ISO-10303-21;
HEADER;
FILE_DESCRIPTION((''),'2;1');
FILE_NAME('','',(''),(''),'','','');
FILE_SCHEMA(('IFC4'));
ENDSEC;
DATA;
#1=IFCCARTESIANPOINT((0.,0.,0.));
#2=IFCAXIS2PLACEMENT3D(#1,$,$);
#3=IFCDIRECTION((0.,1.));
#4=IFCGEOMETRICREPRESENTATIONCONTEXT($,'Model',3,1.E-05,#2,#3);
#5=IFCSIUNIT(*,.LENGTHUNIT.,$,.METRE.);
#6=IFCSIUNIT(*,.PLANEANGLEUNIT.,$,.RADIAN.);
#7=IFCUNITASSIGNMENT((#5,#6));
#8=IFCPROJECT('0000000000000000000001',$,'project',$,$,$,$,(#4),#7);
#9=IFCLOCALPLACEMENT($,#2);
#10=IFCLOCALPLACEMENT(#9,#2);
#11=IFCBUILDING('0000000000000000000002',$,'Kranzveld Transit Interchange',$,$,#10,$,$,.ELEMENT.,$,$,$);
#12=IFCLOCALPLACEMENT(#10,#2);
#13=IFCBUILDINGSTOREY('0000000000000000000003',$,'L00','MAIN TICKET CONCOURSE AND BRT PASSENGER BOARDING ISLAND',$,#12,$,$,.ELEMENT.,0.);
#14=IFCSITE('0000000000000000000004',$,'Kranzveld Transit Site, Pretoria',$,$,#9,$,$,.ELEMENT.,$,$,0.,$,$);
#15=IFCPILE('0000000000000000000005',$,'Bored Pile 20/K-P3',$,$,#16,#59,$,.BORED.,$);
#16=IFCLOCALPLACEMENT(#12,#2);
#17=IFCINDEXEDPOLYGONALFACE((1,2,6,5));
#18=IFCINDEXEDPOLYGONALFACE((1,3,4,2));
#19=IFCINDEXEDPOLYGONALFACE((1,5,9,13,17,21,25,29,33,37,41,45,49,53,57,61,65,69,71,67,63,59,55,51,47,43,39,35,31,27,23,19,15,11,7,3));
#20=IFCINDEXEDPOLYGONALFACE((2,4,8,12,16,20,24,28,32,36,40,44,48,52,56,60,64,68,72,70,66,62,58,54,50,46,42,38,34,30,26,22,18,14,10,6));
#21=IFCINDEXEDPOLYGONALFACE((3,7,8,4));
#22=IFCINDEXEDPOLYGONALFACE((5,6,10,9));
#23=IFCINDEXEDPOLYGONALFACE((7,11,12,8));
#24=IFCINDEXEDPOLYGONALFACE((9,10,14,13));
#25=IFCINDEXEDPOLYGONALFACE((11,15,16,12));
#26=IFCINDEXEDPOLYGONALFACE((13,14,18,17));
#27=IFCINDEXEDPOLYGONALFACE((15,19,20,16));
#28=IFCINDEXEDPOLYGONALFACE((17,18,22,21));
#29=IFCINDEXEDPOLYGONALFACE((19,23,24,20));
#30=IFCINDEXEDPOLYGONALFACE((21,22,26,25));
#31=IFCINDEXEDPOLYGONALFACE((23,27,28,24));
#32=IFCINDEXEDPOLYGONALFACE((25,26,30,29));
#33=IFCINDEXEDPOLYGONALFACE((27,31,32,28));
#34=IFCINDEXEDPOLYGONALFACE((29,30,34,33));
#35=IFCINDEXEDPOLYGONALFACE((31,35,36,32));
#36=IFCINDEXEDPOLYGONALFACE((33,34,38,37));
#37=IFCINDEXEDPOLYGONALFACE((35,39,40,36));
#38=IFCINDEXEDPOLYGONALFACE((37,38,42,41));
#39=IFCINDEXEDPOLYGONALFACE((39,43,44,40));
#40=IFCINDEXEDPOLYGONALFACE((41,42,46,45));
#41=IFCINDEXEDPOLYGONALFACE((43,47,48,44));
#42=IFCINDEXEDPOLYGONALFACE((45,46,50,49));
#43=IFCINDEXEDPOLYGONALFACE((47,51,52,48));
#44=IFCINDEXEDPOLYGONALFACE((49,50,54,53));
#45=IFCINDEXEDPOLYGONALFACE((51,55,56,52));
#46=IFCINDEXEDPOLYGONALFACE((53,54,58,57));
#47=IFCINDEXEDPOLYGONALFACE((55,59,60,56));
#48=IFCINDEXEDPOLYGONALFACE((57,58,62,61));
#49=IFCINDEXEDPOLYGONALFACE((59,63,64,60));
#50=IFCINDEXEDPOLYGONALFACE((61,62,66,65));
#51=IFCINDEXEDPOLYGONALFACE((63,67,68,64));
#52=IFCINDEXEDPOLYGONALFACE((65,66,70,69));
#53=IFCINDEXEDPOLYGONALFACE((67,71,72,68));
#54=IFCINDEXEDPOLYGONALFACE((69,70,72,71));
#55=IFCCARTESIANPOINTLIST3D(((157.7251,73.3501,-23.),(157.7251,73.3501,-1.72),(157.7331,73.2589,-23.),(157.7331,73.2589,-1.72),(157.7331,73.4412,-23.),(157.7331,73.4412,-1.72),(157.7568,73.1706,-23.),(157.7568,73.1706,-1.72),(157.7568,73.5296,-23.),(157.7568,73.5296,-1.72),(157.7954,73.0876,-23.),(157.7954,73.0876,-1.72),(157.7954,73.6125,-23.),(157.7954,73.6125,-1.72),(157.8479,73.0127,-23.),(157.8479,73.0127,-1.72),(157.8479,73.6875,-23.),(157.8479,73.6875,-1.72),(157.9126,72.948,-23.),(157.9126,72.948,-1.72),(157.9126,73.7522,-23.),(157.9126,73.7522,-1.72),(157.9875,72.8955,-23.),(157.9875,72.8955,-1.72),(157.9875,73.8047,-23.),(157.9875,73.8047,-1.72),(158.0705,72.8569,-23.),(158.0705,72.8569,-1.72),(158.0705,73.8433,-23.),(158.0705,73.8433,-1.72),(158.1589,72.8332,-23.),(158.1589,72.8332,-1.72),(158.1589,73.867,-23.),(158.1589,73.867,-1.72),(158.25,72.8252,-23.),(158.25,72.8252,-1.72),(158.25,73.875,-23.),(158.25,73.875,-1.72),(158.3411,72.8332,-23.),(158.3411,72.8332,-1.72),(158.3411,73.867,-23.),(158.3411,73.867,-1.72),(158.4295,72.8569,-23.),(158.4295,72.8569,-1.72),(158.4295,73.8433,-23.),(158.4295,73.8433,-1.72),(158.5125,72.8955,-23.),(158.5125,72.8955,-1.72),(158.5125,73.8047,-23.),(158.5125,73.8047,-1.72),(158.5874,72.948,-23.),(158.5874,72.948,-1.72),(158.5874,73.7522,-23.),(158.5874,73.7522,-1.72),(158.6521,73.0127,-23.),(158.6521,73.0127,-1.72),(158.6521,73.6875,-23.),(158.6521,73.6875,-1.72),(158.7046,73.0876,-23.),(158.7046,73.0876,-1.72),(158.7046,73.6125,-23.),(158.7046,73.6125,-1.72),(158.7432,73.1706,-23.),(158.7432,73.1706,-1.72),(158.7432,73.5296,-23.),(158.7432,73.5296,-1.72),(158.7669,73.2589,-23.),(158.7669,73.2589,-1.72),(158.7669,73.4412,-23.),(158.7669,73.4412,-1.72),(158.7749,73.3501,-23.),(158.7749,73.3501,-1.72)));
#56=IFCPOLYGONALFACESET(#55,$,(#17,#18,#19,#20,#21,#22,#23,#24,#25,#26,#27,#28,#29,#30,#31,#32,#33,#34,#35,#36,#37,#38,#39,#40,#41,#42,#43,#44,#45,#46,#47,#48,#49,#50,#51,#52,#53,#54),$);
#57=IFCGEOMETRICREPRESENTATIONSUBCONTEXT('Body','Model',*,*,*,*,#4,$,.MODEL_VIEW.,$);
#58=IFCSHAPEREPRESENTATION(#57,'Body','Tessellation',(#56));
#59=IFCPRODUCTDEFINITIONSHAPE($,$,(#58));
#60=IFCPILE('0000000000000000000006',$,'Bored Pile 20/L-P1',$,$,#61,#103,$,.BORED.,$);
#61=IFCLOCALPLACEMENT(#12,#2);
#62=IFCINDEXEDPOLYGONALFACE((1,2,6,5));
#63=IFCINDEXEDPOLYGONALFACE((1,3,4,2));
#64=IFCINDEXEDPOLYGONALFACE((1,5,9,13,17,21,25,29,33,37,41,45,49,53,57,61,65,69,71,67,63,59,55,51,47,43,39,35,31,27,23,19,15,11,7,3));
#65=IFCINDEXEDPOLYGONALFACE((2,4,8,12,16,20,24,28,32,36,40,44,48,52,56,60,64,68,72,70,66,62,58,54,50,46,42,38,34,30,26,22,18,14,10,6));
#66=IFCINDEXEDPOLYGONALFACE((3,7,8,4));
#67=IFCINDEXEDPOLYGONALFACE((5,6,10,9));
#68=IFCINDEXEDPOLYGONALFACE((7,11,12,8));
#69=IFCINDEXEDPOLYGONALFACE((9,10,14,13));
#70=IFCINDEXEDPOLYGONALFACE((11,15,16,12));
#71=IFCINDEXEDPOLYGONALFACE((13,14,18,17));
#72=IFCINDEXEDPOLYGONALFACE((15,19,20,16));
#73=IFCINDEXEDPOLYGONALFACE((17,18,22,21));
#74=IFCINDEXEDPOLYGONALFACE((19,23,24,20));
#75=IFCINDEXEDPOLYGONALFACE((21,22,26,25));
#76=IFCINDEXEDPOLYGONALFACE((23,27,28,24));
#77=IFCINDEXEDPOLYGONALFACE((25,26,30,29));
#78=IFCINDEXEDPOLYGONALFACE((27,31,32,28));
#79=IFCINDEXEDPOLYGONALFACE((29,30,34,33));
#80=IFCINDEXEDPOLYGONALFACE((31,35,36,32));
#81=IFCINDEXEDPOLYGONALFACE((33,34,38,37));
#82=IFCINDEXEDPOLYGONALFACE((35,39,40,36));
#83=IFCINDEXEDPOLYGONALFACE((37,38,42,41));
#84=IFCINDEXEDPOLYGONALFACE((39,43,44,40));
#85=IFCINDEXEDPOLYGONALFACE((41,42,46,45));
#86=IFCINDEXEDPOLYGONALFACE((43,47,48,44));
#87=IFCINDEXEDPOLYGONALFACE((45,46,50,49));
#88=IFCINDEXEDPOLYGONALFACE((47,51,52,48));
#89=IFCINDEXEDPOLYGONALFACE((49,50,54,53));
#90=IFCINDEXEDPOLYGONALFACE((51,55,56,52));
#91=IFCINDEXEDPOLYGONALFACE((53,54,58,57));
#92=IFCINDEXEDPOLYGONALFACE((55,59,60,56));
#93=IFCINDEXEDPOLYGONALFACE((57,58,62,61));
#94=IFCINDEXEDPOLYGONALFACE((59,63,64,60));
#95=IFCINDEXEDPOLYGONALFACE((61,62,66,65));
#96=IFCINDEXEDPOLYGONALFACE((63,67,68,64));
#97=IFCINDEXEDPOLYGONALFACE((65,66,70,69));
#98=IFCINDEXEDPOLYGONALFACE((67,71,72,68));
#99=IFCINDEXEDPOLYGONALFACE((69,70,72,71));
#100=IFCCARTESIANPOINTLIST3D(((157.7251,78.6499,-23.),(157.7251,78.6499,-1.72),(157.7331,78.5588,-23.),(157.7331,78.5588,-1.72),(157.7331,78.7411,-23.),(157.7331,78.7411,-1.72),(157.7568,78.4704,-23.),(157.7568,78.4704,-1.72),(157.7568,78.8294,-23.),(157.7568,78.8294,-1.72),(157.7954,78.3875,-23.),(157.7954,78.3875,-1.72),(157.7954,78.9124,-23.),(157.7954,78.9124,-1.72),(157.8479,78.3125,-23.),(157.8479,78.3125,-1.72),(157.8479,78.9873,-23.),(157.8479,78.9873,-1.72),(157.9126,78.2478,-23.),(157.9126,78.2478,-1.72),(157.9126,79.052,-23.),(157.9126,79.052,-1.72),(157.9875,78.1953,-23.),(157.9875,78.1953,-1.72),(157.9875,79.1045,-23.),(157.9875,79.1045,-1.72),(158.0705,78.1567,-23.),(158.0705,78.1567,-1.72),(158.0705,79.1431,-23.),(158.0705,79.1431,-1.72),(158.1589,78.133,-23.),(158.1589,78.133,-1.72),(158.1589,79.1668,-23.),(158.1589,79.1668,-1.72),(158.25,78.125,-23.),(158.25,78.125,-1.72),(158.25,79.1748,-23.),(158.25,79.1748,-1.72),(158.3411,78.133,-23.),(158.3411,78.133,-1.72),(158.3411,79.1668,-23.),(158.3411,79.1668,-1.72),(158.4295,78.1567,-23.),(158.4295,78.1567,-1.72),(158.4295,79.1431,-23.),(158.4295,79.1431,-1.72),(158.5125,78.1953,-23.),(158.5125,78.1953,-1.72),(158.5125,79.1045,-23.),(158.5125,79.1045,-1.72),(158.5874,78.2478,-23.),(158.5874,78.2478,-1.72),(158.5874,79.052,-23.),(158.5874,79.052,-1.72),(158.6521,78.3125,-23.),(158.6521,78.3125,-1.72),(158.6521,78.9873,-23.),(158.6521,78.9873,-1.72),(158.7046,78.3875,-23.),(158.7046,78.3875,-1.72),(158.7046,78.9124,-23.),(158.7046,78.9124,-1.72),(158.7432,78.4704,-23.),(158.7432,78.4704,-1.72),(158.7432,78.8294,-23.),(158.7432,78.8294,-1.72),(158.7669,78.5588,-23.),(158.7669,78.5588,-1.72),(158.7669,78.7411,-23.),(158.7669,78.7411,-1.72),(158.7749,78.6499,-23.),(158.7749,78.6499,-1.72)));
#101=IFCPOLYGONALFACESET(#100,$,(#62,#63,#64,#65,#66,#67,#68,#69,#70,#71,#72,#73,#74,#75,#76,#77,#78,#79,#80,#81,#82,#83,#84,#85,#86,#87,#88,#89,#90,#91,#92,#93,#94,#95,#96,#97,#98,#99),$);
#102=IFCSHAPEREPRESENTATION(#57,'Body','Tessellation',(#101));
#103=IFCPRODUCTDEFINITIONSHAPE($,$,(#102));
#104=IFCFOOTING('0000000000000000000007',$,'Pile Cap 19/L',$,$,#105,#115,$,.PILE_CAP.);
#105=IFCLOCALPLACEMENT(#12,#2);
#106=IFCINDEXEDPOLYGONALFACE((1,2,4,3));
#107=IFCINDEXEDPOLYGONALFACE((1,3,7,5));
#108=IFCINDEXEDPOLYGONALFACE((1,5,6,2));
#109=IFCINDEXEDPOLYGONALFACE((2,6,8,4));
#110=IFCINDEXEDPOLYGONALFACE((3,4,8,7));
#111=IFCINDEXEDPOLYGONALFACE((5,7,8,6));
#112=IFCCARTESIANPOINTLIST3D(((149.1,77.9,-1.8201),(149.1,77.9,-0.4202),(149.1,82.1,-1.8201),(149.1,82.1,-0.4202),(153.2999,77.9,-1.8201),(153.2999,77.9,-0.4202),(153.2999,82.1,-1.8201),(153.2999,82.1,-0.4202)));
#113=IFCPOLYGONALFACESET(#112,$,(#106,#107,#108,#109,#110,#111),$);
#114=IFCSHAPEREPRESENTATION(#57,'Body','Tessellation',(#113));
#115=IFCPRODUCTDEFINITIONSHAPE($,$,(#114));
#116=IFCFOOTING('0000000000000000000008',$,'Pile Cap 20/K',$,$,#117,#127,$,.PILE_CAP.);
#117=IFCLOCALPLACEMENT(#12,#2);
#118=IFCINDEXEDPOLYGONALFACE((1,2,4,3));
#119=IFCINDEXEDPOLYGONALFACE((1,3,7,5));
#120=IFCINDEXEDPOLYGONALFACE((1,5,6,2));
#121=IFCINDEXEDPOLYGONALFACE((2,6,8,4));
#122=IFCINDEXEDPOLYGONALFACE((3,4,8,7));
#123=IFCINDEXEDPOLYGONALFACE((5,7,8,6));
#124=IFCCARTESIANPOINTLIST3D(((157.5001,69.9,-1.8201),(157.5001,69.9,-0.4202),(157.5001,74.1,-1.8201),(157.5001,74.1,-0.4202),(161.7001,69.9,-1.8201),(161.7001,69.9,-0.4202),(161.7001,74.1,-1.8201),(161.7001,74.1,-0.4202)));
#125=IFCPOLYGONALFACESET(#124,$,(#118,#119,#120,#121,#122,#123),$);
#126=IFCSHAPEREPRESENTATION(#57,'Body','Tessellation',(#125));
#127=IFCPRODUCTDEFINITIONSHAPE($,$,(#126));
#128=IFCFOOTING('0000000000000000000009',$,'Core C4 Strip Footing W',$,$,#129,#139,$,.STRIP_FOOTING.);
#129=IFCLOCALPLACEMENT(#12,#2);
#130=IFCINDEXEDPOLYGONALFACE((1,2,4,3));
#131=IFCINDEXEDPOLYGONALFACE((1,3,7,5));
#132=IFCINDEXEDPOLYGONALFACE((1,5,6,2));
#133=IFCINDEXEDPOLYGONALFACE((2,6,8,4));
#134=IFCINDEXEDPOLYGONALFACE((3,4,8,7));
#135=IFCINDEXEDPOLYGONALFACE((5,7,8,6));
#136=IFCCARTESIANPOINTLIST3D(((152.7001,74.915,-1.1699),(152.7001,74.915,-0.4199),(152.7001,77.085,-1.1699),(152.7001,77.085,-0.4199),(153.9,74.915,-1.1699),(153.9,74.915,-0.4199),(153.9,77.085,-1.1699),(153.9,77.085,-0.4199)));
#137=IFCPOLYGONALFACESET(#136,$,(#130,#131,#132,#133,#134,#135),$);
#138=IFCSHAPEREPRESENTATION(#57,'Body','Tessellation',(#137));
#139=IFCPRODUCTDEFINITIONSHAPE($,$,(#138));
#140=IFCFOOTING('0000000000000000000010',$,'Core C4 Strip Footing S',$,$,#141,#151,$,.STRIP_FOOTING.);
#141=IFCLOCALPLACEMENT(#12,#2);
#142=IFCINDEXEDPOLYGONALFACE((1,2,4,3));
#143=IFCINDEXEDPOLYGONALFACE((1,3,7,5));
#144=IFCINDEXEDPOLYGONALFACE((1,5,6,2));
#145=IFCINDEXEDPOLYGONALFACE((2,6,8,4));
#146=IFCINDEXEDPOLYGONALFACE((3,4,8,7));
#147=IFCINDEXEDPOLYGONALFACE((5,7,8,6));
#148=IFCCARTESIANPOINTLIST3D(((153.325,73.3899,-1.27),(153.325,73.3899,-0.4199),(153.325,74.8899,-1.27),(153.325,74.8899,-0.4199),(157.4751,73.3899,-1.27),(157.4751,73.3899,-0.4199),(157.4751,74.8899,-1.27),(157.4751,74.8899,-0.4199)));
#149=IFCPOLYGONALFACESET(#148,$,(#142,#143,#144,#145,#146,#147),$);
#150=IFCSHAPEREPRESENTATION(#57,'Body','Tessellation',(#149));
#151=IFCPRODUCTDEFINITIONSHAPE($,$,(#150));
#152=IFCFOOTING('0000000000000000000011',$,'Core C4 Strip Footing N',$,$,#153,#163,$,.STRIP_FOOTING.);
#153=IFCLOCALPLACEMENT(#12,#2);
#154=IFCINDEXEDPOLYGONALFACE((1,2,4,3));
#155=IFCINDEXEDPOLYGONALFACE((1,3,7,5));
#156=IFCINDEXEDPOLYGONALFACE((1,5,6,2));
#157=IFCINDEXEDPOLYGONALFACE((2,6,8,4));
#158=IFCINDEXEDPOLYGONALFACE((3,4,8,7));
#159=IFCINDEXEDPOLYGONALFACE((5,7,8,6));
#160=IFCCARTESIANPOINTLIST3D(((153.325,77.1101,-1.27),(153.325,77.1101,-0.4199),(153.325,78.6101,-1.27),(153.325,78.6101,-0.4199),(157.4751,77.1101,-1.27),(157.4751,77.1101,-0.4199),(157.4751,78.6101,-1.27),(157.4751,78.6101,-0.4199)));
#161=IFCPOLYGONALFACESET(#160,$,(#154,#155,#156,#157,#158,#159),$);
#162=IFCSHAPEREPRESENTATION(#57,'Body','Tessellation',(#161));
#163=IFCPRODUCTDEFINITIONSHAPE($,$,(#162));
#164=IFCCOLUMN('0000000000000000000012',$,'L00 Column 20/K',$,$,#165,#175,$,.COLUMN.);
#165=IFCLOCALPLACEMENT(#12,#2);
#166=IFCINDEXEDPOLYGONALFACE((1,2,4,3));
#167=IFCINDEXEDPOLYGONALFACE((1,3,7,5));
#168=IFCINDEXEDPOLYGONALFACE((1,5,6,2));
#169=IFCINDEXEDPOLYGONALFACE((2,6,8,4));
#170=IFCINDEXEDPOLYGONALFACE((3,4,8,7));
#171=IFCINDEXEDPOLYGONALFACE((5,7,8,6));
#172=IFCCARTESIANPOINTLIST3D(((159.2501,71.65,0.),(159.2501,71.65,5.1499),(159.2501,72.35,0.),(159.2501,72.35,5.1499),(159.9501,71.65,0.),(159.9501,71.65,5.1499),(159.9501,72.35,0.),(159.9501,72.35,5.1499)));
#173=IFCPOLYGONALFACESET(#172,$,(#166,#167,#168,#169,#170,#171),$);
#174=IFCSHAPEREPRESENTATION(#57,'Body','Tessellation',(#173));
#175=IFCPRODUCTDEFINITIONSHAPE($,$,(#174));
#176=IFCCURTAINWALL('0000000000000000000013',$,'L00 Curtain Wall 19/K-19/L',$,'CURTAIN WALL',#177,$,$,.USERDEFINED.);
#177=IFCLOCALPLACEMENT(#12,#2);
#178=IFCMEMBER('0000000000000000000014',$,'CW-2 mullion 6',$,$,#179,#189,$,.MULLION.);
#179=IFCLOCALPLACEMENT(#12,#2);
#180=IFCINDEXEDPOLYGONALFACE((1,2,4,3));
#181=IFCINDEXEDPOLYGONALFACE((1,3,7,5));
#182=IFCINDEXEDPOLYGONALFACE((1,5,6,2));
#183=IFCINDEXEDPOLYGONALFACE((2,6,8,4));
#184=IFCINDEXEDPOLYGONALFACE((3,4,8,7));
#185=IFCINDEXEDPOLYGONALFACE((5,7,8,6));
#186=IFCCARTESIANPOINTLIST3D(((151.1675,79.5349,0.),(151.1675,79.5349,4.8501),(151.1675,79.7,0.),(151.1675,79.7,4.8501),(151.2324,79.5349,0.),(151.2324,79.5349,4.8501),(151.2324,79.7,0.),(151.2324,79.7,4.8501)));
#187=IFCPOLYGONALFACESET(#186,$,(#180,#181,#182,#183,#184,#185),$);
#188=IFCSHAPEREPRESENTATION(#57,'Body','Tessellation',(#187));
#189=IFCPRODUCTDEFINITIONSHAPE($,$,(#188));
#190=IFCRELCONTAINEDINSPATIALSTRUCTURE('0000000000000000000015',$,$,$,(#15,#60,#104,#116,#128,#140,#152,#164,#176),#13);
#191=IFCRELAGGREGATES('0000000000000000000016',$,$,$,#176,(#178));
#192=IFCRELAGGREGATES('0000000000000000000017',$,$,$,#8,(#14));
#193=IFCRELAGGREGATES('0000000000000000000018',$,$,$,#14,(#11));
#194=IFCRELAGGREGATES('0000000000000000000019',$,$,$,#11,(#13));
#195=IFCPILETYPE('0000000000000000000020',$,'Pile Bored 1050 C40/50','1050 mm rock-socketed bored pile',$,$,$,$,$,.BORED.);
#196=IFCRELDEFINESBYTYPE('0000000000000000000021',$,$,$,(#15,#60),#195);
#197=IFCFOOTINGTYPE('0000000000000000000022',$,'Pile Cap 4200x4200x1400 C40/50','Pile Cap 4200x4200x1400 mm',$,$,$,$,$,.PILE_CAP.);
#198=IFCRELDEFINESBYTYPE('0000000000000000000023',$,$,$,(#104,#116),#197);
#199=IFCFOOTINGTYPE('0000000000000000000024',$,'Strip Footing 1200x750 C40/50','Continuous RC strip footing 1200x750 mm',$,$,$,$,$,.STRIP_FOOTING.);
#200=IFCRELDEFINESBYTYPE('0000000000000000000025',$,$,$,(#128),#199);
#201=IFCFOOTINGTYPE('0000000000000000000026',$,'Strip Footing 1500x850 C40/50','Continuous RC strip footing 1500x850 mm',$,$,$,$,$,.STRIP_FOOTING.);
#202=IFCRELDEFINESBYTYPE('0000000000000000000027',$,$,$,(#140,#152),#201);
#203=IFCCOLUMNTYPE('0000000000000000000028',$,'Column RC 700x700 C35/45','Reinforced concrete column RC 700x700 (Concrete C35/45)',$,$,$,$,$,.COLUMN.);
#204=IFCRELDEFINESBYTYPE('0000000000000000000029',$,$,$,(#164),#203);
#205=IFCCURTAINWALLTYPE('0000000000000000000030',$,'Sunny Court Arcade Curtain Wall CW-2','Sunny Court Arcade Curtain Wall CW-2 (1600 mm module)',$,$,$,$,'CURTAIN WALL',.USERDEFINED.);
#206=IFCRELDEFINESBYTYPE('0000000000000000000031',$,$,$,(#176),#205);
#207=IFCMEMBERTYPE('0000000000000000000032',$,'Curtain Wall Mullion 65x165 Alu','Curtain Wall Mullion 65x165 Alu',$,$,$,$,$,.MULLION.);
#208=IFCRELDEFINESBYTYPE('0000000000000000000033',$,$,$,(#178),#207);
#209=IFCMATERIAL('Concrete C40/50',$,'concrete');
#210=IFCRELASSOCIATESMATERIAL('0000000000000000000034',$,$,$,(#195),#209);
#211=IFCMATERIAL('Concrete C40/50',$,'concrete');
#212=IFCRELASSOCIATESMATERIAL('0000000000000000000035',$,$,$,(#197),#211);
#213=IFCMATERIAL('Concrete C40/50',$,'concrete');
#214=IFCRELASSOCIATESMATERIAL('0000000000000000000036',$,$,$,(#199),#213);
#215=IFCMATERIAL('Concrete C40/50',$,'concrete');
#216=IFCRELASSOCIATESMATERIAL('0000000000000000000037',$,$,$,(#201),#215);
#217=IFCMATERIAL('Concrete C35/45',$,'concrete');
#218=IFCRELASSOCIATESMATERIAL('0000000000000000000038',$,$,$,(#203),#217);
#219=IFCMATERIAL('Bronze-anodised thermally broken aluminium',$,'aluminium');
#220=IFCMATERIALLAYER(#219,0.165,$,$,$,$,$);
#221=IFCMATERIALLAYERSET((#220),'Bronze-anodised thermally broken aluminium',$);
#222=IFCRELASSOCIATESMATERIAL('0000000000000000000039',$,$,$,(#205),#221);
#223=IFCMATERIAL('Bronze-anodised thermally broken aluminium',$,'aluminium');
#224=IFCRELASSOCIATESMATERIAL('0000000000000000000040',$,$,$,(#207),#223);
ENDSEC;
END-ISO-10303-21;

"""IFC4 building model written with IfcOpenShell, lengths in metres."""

from ifc_helpers import new_model, si_unit, direction, frame, origin, origin_2d, place, context, subcontext, project, spatial, rectangle, circle, extrude, material, layer, layer_set, material_profile, profile_set, type_object, element, aggregate, save


model = new_model("IFC4")

# Units and contexts
model_context = context("Model", 3, precision=1e-05, world=origin(), true_north=direction((0.0, 1.0)))
body_context = subcontext(model_context, "Body", "Model", "MODEL_VIEW")
ifc_project = project(units=[si_unit("LENGTHUNIT", "METRE"), si_unit("PLANEANGLEUNIT", "RADIAN")], contexts=[model_context])

# Site, building, storey
site_placement = place(None, origin())
site = spatial("IfcSite", under=ifc_project, at=site_placement, Name="Kranzveld Transit Site, Pretoria", CompositionType="ELEMENT", RefElevation=0.0)
building_placement = place(site_placement, origin())
building = spatial("IfcBuilding", under=site, at=building_placement, Name="Kranzveld Transit Interchange", CompositionType="ELEMENT")
storey_placement = place(building_placement, origin())
storey = spatial("IfcBuildingStorey", under=building, at=storey_placement, Name="L00", Description="MAIN TICKET CONCOURSE AND BRT PASSENGER BOARDING ISLAND", CompositionType="ELEMENT", Elevation=0.0)

# Piles
ifc_material_1 = material(Name="Concrete C40/50", Category="concrete")
ifc_material_profile_1 = material_profile(ifc_material_1, circle(Radius=0.5249, at=origin_2d()), Name="BORED PILE 1050")
ifc_profile_set_1 = profile_set([ifc_material_profile_1], Name="Concrete C40/50")
pile_type = type_object("IfcPileType", Name="Pile Bored 1050 C40/50", Description="1050 mm rock-socketed bored pile", PredefinedType="BORED", material=ifc_profile_set_1)
for number, where, z_axis, x_axis, name in (
    (1, (158.25, 73.3501, -1.72), (0.0, 0.0, -1.0), (1.0, 0.0, 0.0), "Bored Pile 20/K-P3"),
    (2, (158.25, 78.6499, -1.72), (0.0, 0.0, -1.0), (1.0, 0.0, 0.0), "Bored Pile 20/L-P1"),
):
    element("IfcPile", number, at=place(storey_placement, frame(where, z_axis=z_axis, x_axis=x_axis)), inside=storey, type_object=pile_type, Name=name, PredefinedType="BORED", context=body_context, shape_type="SweptSolid", body=[
        extrude(circle(Radius=0.5249, at=origin_2d()), origin(), (0.0, 0.0, 1.0), 21.28),
    ])

# Footings
ifc_material_2 = material(Name="Concrete C40/50", Category="concrete")
footing_type_1 = type_object("IfcFootingType", Name="Pile Cap 4200x4200x1400 C40/50", Description="Pile Cap 4200x4200x1400 mm", PredefinedType="PILE_CAP", material=ifc_material_2)
for number, where, z_axis, x_axis, name in (
    (3, (151.2, 80.0, -1.8201), (0.0, 0.0, 1.0), (1.0, 0.0, 0.0), "Pile Cap 19/L"),
    (4, (159.6001, 72.0, -1.8201), (0.0, 0.0, 1.0), (1.0, 0.0, 0.0), "Pile Cap 20/K"),
):
    element("IfcFooting", number, at=place(storey_placement, frame(where, z_axis=z_axis, x_axis=x_axis)), inside=storey, type_object=footing_type_1, Name=name, PredefinedType="PILE_CAP", context=body_context, shape_type="SweptSolid", body=[
        extrude(rectangle(XDim=4.2, YDim=4.2, at=origin_2d()), origin(), (0.0, 0.0, 1.0), 1.3999),
    ])
ifc_material_3 = material(Name="Concrete C40/50", Category="concrete")
ifc_material_profile_2 = material_profile(ifc_material_3, rectangle(XDim=1.2, YDim=0.75, at=origin_2d()), Name="SF 1200x750")
ifc_profile_set_2 = profile_set([ifc_material_profile_2], Name="Concrete C40/50")
footing_type_2 = type_object("IfcFootingType", Name="Strip Footing 1200x750 C40/50", Description="Continuous RC strip footing 1200x750 mm", PredefinedType="STRIP_FOOTING", material=ifc_profile_set_2)
footing_placement = place(storey_placement, frame((153.3, 74.915, -0.7949), z_axis=(0.0, 1.0, 0.0), x_axis=(-1.0, 0.0, 0.0)))
element("IfcFooting", 5, at=footing_placement, inside=storey, type_object=footing_type_2, Name="Core C4 Strip Footing W", PredefinedType="STRIP_FOOTING", context=body_context, shape_type="SweptSolid", body=[
    extrude(rectangle(XDim=1.2, YDim=0.75, at=origin_2d()), origin(), (0.0, 0.0, 1.0), 2.1699),
])
ifc_material_4 = material(Name="Concrete C40/50", Category="concrete")
ifc_material_profile_3 = material_profile(ifc_material_4, rectangle(XDim=1.5, YDim=0.8501, at=origin_2d()), Name="SF 1500x850")
ifc_profile_set_3 = profile_set([ifc_material_profile_3], Name="Concrete C40/50")
footing_type_3 = type_object("IfcFootingType", Name="Strip Footing 1500x850 C40/50", Description="Continuous RC strip footing 1500x850 mm", PredefinedType="STRIP_FOOTING", material=ifc_profile_set_3)
for number, where, z_axis, x_axis, name in (
    (6, (153.325, 74.1399, -0.845), (1.0, 0.0, 0.0), (0.0, 1.0, 0.0), "Core C4 Strip Footing S"),
    (7, (153.325, 77.8601, -0.845), (1.0, 0.0, 0.0), (0.0, 1.0, 0.0), "Core C4 Strip Footing N"),
):
    element("IfcFooting", number, at=place(storey_placement, frame(where, z_axis=z_axis, x_axis=x_axis)), inside=storey, type_object=footing_type_3, Name=name, PredefinedType="STRIP_FOOTING", context=body_context, shape_type="SweptSolid", body=[
        extrude(rectangle(XDim=1.5, YDim=0.8501, at=origin_2d()), origin(), (0.0, 0.0, 1.0), 4.1501),
    ])

# Column
ifc_material_5 = material(Name="Concrete C35/45", Category="concrete")
ifc_material_profile_4 = material_profile(ifc_material_5, rectangle(XDim=0.7, YDim=0.7, at=origin_2d()), Name="RC 700x700")
ifc_profile_set_4 = profile_set([ifc_material_profile_4], Name="Concrete C35/45")
column_type = type_object("IfcColumnType", Name="Column RC 700x700 C35/45", Description="Reinforced concrete column RC 700x700 (Concrete C35/45)", PredefinedType="COLUMN", material=ifc_profile_set_4)
column_placement = place(storey_placement, frame((159.6001, 72.0, 0.0), z_axis=(0.0, 0.0, 1.0), x_axis=(1.0, 0.0, 0.0)))
element("IfcColumn", 8, at=column_placement, inside=storey, type_object=column_type, Name="L00 Column 20/K", PredefinedType="COLUMN", context=body_context, shape_type="SweptSolid", body=[
    extrude(rectangle(XDim=0.7, YDim=0.7, at=origin_2d()), origin(), (0.0, 0.0, 1.0), 5.1499),
])

# Curtain wall, member
ifc_material_6 = material(Name="Bronze-anodised thermally broken aluminium", Category="aluminium")
ifc_layer_1 = layer(ifc_material_6, 0.165)
ifc_layer_set_1 = layer_set([ifc_layer_1], Name="Bronze-anodised thermally broken aluminium")
curtain_wall_type = type_object("IfcCurtainWallType", Name="Sunny Court Arcade Curtain Wall CW-2", Description="Sunny Court Arcade Curtain Wall CW-2 (1600 mm module)", ElementType="CURTAIN WALL", PredefinedType="USERDEFINED", material=ifc_layer_set_1)
curtain_wall_placement = place(storey_placement, origin())
curtain_wall = element("IfcCurtainWall", 9, at=curtain_wall_placement, inside=storey, type_object=curtain_wall_type, Name="L00 Curtain Wall 19/K-19/L", ObjectType="CURTAIN WALL", PredefinedType="USERDEFINED")
ifc_material_7 = material(Name="Bronze-anodised thermally broken aluminium", Category="aluminium")
ifc_material_profile_5 = material_profile(ifc_material_7, rectangle(XDim=0.0649, YDim=0.165, at=origin_2d()), Name="ALU MULLION 65x165")
ifc_profile_set_5 = profile_set([ifc_material_profile_5], Name="Bronze-anodised thermally broken aluminium")
member_type = type_object("IfcMemberType", Name="Curtain Wall Mullion 65x165 Alu", Description="Curtain Wall Mullion 65x165 Alu", PredefinedType="MULLION", material=ifc_profile_set_5)
member_placement = place(storey_placement, frame((151.2, 79.6174, 0.0), z_axis=(0.0, 0.0, 1.0), x_axis=(-1.0, 0.0, 0.0)))
member = element("IfcMember", 10, at=member_placement, type_object=member_type, Name="CW-2 mullion 6", PredefinedType="MULLION", context=body_context, shape_type="SweptSolid", body=[
    extrude(rectangle(XDim=0.0649, YDim=0.165, at=origin_2d()), origin(), (0.0, 0.0, 1.0), 4.8501),
])

aggregate(curtain_wall, [member])

save(model, "model.ifc")
